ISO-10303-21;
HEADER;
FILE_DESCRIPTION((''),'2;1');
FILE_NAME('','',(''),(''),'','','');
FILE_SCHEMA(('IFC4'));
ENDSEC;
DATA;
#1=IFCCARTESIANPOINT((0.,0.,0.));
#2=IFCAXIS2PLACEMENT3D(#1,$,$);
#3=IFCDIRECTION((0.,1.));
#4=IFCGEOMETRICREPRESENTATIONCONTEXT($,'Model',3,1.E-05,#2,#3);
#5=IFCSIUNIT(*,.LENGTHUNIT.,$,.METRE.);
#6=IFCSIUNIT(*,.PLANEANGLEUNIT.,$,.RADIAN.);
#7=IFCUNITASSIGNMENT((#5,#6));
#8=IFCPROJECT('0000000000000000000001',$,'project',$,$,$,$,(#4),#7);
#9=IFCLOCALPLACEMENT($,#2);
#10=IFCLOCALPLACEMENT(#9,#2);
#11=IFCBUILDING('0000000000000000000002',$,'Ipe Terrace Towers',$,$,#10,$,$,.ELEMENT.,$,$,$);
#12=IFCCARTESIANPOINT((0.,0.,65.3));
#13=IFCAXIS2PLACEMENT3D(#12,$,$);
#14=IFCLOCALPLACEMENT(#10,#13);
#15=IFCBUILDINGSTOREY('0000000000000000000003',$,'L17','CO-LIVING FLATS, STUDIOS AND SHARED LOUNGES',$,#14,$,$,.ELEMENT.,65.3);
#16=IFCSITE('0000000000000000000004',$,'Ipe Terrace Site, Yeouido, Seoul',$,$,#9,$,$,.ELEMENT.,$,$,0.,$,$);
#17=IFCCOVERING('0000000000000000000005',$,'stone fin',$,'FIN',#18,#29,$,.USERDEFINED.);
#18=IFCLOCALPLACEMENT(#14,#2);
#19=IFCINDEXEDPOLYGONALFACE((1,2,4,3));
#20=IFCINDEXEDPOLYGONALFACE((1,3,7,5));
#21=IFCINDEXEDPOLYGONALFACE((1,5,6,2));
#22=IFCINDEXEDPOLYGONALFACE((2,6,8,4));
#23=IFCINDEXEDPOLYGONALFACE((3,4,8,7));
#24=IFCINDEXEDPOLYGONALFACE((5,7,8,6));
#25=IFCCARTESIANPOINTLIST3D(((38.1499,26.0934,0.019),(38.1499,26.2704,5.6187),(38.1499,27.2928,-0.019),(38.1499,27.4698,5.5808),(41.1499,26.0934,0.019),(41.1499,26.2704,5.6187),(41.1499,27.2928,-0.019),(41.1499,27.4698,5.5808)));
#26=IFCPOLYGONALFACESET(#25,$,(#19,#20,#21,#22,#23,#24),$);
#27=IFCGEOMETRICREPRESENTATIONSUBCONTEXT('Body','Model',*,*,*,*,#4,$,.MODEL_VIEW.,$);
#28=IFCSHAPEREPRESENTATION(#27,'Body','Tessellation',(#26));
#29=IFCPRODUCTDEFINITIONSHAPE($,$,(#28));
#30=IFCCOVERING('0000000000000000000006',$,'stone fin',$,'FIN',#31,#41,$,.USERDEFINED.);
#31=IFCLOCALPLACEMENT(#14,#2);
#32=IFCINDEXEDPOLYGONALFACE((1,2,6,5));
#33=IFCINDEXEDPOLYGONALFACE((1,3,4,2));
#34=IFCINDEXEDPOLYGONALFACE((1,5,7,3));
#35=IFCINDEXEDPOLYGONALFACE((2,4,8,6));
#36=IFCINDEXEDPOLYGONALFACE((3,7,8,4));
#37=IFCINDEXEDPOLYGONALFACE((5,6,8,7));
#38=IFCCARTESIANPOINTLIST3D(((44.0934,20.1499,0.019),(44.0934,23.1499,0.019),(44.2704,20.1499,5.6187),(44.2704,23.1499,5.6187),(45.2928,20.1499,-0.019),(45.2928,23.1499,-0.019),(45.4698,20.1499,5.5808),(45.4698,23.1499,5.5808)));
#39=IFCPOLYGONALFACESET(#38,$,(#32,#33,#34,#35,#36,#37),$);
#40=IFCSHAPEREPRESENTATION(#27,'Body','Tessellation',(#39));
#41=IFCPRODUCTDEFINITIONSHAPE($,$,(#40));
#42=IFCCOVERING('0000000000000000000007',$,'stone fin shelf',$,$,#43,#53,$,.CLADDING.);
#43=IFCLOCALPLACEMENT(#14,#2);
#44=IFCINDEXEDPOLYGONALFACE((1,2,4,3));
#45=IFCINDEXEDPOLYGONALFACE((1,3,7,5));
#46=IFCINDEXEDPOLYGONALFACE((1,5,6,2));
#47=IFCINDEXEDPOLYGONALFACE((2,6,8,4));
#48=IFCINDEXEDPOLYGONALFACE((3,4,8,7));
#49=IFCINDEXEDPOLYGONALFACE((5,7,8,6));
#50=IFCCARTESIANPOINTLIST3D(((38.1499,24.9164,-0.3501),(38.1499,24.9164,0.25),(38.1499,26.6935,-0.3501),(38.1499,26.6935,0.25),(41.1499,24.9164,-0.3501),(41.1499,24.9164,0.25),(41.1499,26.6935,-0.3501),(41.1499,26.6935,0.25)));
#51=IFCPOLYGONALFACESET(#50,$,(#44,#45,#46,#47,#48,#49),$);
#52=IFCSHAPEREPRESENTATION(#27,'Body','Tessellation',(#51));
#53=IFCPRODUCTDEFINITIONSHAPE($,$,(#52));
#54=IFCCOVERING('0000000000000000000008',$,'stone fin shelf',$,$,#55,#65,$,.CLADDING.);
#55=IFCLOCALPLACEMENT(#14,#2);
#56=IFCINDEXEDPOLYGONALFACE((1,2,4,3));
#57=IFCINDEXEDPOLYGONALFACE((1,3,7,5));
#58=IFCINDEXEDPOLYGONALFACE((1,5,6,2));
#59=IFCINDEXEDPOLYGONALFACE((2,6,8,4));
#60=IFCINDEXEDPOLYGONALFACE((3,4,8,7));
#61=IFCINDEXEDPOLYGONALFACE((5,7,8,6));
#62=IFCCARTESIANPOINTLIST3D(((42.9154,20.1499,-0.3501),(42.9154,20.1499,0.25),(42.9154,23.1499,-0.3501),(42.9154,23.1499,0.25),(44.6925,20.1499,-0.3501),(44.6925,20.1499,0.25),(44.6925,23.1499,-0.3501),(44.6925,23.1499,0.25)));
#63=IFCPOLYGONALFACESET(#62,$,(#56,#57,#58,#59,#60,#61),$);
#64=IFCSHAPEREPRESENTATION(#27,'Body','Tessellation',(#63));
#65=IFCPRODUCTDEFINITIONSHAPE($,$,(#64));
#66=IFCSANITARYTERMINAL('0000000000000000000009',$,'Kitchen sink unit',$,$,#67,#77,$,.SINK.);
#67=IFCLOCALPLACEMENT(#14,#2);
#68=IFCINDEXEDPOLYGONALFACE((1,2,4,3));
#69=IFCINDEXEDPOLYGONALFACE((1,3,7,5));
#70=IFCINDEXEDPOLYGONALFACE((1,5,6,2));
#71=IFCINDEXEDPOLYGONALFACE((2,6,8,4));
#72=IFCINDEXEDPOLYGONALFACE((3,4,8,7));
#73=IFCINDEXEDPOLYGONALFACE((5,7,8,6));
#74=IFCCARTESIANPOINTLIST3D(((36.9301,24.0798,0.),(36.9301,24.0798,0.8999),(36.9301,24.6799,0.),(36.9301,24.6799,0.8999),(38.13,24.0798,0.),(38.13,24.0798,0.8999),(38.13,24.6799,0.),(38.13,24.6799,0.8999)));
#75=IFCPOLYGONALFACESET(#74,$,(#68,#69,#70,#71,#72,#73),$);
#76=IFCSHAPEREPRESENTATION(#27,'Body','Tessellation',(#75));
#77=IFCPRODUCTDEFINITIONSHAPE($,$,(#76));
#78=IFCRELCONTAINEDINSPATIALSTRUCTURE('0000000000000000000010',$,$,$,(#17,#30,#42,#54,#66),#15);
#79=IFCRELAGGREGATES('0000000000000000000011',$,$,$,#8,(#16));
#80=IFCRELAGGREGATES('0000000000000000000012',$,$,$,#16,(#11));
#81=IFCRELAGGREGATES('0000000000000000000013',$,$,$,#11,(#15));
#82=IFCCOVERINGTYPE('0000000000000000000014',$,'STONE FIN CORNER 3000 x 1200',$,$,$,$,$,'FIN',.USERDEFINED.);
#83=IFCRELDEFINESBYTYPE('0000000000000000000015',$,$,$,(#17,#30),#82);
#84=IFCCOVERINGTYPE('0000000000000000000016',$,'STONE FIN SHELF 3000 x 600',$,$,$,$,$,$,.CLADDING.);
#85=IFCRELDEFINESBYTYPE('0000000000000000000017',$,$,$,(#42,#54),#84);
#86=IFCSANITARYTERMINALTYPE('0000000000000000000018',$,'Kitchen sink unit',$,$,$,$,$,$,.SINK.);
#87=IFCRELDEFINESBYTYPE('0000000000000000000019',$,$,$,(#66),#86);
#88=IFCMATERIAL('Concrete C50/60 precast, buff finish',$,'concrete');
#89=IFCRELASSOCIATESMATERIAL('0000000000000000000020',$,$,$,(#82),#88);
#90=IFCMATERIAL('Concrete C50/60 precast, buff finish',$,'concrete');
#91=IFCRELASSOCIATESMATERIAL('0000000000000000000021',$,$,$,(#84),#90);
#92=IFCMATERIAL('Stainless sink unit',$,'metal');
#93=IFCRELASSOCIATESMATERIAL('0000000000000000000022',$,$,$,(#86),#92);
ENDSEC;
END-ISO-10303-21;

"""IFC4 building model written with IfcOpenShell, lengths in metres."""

from ifc_helpers import new_model, si_unit, direction, frame, origin, origin_2d, place, context, subcontext, project, spatial, rectangle, extrude, material, material_profile, profile_set, type_object, element, save


model = new_model("IFC4")

# Units and contexts
model_context = context("Model", 3, precision=1e-05, world=origin(), true_north=direction((0.0, 1.0)))
body_context = subcontext(model_context, "Body", "Model", "MODEL_VIEW")
ifc_project = project(units=[si_unit("LENGTHUNIT", "METRE"), si_unit("PLANEANGLEUNIT", "RADIAN")], contexts=[model_context])

# Site, building, storey
site_placement = place(None, origin())
site = spatial("IfcSite", under=ifc_project, at=site_placement, Name="Ipe Terrace Site, Yeouido, Seoul", CompositionType="ELEMENT", RefElevation=0.0)
building_placement = place(site_placement, origin())
building = spatial("IfcBuilding", under=site, at=building_placement, Name="Ipe Terrace Towers", CompositionType="ELEMENT")
storey_placement = place(building_placement, frame((0.0, 0.0, 65.3)))
storey = spatial("IfcBuildingStorey", under=building, at=storey_placement, Name="L17", Description="CO-LIVING FLATS, STUDIOS AND SHARED LOUNGES", CompositionType="ELEMENT", Elevation=65.3)

# Coverings
ifc_material_1 = material(Name="Concrete C50/60 precast, buff finish", Category="concrete")
ifc_material_profile_1 = material_profile(ifc_material_1, rectangle(XDim=3.0, YDim=1.2, at=origin_2d()), Name="STONE FIN CORNER 3000 x 1200")
ifc_profile_set_1 = profile_set([ifc_material_profile_1], Name="Concrete C50/60 precast, buff finish")
covering_type_1 = type_object("IfcCoveringType", Name="STONE FIN CORNER 3000 x 1200", ElementType="FIN", PredefinedType="USERDEFINED", material=ifc_profile_set_1)
for number, where, z_axis, x_axis, name in (
    (1, (39.6499, 26.6931, 0.0), (0.0, 0.031593, 0.999501), (-1.0, 0.0, 0.0), "stone fin"),
    (2, (44.6931, 21.6499, 0.0), (0.031593, 0.0, 0.999501), (0.0, 1.0, 0.0), "stone fin"),
):
    element("IfcCovering", number, at=place(storey_placement, frame(where, z_axis=z_axis, x_axis=x_axis)), inside=storey, type_object=covering_type_1, Name=name, ObjectType="FIN", PredefinedType="USERDEFINED", context=body_context, shape_type="SweptSolid", body=[
        extrude(rectangle(XDim=3.0, YDim=1.2, at=origin_2d()), origin(), (0.0, 0.0, 1.0), 5.6025),
    ])
ifc_material_2 = material(Name="Concrete C50/60 precast, buff finish", Category="concrete")
covering_type_2 = type_object("IfcCoveringType", Name="STONE FIN SHELF 3000 x 600", PredefinedType="CLADDING", material=ifc_material_2)
for number, where, z_axis, x_axis, name in (
    (3, (39.6499, 25.8049, -0.3501), (0.0, 0.0, 1.0), (-1.0, 0.0, 0.0), "stone fin shelf"),
    (4, (43.804, 21.6499, -0.3501), (0.0, 0.0, 1.0), (0.0, 1.0, 0.0), "stone fin shelf"),
):
    element("IfcCovering", number, at=place(storey_placement, frame(where, z_axis=z_axis, x_axis=x_axis)), inside=storey, type_object=covering_type_2, Name=name, PredefinedType="CLADDING", context=body_context, shape_type="SweptSolid", body=[
        extrude(rectangle(XDim=3.0, YDim=1.7771, at=origin_2d()), origin(), (0.0, 0.0, 1.0), 0.6001),
    ])

# Sanitary terminal
ifc_material_3 = material(Name="Stainless sink unit", Category="metal")
sanitary_terminal_type = type_object("IfcSanitaryTerminalType", Name="Kitchen sink unit", PredefinedType="SINK", material=ifc_material_3)
sanitary_terminal_placement = place(storey_placement, frame((37.53, 24.3799, 0.0), z_axis=(0.0, 0.0, 1.0), x_axis=(1.0, 0.0, 0.0)))
element("IfcSanitaryTerminal", 5, at=sanitary_terminal_placement, inside=storey, type_object=sanitary_terminal_type, Name="Kitchen sink unit", PredefinedType="SINK", context=body_context, shape_type="SweptSolid", body=[
    extrude(rectangle(XDim=1.2, YDim=0.6001, at=origin_2d()), origin(), (0.0, 0.0, 1.0), 0.8999),
])

save(model, "model.ifc")
